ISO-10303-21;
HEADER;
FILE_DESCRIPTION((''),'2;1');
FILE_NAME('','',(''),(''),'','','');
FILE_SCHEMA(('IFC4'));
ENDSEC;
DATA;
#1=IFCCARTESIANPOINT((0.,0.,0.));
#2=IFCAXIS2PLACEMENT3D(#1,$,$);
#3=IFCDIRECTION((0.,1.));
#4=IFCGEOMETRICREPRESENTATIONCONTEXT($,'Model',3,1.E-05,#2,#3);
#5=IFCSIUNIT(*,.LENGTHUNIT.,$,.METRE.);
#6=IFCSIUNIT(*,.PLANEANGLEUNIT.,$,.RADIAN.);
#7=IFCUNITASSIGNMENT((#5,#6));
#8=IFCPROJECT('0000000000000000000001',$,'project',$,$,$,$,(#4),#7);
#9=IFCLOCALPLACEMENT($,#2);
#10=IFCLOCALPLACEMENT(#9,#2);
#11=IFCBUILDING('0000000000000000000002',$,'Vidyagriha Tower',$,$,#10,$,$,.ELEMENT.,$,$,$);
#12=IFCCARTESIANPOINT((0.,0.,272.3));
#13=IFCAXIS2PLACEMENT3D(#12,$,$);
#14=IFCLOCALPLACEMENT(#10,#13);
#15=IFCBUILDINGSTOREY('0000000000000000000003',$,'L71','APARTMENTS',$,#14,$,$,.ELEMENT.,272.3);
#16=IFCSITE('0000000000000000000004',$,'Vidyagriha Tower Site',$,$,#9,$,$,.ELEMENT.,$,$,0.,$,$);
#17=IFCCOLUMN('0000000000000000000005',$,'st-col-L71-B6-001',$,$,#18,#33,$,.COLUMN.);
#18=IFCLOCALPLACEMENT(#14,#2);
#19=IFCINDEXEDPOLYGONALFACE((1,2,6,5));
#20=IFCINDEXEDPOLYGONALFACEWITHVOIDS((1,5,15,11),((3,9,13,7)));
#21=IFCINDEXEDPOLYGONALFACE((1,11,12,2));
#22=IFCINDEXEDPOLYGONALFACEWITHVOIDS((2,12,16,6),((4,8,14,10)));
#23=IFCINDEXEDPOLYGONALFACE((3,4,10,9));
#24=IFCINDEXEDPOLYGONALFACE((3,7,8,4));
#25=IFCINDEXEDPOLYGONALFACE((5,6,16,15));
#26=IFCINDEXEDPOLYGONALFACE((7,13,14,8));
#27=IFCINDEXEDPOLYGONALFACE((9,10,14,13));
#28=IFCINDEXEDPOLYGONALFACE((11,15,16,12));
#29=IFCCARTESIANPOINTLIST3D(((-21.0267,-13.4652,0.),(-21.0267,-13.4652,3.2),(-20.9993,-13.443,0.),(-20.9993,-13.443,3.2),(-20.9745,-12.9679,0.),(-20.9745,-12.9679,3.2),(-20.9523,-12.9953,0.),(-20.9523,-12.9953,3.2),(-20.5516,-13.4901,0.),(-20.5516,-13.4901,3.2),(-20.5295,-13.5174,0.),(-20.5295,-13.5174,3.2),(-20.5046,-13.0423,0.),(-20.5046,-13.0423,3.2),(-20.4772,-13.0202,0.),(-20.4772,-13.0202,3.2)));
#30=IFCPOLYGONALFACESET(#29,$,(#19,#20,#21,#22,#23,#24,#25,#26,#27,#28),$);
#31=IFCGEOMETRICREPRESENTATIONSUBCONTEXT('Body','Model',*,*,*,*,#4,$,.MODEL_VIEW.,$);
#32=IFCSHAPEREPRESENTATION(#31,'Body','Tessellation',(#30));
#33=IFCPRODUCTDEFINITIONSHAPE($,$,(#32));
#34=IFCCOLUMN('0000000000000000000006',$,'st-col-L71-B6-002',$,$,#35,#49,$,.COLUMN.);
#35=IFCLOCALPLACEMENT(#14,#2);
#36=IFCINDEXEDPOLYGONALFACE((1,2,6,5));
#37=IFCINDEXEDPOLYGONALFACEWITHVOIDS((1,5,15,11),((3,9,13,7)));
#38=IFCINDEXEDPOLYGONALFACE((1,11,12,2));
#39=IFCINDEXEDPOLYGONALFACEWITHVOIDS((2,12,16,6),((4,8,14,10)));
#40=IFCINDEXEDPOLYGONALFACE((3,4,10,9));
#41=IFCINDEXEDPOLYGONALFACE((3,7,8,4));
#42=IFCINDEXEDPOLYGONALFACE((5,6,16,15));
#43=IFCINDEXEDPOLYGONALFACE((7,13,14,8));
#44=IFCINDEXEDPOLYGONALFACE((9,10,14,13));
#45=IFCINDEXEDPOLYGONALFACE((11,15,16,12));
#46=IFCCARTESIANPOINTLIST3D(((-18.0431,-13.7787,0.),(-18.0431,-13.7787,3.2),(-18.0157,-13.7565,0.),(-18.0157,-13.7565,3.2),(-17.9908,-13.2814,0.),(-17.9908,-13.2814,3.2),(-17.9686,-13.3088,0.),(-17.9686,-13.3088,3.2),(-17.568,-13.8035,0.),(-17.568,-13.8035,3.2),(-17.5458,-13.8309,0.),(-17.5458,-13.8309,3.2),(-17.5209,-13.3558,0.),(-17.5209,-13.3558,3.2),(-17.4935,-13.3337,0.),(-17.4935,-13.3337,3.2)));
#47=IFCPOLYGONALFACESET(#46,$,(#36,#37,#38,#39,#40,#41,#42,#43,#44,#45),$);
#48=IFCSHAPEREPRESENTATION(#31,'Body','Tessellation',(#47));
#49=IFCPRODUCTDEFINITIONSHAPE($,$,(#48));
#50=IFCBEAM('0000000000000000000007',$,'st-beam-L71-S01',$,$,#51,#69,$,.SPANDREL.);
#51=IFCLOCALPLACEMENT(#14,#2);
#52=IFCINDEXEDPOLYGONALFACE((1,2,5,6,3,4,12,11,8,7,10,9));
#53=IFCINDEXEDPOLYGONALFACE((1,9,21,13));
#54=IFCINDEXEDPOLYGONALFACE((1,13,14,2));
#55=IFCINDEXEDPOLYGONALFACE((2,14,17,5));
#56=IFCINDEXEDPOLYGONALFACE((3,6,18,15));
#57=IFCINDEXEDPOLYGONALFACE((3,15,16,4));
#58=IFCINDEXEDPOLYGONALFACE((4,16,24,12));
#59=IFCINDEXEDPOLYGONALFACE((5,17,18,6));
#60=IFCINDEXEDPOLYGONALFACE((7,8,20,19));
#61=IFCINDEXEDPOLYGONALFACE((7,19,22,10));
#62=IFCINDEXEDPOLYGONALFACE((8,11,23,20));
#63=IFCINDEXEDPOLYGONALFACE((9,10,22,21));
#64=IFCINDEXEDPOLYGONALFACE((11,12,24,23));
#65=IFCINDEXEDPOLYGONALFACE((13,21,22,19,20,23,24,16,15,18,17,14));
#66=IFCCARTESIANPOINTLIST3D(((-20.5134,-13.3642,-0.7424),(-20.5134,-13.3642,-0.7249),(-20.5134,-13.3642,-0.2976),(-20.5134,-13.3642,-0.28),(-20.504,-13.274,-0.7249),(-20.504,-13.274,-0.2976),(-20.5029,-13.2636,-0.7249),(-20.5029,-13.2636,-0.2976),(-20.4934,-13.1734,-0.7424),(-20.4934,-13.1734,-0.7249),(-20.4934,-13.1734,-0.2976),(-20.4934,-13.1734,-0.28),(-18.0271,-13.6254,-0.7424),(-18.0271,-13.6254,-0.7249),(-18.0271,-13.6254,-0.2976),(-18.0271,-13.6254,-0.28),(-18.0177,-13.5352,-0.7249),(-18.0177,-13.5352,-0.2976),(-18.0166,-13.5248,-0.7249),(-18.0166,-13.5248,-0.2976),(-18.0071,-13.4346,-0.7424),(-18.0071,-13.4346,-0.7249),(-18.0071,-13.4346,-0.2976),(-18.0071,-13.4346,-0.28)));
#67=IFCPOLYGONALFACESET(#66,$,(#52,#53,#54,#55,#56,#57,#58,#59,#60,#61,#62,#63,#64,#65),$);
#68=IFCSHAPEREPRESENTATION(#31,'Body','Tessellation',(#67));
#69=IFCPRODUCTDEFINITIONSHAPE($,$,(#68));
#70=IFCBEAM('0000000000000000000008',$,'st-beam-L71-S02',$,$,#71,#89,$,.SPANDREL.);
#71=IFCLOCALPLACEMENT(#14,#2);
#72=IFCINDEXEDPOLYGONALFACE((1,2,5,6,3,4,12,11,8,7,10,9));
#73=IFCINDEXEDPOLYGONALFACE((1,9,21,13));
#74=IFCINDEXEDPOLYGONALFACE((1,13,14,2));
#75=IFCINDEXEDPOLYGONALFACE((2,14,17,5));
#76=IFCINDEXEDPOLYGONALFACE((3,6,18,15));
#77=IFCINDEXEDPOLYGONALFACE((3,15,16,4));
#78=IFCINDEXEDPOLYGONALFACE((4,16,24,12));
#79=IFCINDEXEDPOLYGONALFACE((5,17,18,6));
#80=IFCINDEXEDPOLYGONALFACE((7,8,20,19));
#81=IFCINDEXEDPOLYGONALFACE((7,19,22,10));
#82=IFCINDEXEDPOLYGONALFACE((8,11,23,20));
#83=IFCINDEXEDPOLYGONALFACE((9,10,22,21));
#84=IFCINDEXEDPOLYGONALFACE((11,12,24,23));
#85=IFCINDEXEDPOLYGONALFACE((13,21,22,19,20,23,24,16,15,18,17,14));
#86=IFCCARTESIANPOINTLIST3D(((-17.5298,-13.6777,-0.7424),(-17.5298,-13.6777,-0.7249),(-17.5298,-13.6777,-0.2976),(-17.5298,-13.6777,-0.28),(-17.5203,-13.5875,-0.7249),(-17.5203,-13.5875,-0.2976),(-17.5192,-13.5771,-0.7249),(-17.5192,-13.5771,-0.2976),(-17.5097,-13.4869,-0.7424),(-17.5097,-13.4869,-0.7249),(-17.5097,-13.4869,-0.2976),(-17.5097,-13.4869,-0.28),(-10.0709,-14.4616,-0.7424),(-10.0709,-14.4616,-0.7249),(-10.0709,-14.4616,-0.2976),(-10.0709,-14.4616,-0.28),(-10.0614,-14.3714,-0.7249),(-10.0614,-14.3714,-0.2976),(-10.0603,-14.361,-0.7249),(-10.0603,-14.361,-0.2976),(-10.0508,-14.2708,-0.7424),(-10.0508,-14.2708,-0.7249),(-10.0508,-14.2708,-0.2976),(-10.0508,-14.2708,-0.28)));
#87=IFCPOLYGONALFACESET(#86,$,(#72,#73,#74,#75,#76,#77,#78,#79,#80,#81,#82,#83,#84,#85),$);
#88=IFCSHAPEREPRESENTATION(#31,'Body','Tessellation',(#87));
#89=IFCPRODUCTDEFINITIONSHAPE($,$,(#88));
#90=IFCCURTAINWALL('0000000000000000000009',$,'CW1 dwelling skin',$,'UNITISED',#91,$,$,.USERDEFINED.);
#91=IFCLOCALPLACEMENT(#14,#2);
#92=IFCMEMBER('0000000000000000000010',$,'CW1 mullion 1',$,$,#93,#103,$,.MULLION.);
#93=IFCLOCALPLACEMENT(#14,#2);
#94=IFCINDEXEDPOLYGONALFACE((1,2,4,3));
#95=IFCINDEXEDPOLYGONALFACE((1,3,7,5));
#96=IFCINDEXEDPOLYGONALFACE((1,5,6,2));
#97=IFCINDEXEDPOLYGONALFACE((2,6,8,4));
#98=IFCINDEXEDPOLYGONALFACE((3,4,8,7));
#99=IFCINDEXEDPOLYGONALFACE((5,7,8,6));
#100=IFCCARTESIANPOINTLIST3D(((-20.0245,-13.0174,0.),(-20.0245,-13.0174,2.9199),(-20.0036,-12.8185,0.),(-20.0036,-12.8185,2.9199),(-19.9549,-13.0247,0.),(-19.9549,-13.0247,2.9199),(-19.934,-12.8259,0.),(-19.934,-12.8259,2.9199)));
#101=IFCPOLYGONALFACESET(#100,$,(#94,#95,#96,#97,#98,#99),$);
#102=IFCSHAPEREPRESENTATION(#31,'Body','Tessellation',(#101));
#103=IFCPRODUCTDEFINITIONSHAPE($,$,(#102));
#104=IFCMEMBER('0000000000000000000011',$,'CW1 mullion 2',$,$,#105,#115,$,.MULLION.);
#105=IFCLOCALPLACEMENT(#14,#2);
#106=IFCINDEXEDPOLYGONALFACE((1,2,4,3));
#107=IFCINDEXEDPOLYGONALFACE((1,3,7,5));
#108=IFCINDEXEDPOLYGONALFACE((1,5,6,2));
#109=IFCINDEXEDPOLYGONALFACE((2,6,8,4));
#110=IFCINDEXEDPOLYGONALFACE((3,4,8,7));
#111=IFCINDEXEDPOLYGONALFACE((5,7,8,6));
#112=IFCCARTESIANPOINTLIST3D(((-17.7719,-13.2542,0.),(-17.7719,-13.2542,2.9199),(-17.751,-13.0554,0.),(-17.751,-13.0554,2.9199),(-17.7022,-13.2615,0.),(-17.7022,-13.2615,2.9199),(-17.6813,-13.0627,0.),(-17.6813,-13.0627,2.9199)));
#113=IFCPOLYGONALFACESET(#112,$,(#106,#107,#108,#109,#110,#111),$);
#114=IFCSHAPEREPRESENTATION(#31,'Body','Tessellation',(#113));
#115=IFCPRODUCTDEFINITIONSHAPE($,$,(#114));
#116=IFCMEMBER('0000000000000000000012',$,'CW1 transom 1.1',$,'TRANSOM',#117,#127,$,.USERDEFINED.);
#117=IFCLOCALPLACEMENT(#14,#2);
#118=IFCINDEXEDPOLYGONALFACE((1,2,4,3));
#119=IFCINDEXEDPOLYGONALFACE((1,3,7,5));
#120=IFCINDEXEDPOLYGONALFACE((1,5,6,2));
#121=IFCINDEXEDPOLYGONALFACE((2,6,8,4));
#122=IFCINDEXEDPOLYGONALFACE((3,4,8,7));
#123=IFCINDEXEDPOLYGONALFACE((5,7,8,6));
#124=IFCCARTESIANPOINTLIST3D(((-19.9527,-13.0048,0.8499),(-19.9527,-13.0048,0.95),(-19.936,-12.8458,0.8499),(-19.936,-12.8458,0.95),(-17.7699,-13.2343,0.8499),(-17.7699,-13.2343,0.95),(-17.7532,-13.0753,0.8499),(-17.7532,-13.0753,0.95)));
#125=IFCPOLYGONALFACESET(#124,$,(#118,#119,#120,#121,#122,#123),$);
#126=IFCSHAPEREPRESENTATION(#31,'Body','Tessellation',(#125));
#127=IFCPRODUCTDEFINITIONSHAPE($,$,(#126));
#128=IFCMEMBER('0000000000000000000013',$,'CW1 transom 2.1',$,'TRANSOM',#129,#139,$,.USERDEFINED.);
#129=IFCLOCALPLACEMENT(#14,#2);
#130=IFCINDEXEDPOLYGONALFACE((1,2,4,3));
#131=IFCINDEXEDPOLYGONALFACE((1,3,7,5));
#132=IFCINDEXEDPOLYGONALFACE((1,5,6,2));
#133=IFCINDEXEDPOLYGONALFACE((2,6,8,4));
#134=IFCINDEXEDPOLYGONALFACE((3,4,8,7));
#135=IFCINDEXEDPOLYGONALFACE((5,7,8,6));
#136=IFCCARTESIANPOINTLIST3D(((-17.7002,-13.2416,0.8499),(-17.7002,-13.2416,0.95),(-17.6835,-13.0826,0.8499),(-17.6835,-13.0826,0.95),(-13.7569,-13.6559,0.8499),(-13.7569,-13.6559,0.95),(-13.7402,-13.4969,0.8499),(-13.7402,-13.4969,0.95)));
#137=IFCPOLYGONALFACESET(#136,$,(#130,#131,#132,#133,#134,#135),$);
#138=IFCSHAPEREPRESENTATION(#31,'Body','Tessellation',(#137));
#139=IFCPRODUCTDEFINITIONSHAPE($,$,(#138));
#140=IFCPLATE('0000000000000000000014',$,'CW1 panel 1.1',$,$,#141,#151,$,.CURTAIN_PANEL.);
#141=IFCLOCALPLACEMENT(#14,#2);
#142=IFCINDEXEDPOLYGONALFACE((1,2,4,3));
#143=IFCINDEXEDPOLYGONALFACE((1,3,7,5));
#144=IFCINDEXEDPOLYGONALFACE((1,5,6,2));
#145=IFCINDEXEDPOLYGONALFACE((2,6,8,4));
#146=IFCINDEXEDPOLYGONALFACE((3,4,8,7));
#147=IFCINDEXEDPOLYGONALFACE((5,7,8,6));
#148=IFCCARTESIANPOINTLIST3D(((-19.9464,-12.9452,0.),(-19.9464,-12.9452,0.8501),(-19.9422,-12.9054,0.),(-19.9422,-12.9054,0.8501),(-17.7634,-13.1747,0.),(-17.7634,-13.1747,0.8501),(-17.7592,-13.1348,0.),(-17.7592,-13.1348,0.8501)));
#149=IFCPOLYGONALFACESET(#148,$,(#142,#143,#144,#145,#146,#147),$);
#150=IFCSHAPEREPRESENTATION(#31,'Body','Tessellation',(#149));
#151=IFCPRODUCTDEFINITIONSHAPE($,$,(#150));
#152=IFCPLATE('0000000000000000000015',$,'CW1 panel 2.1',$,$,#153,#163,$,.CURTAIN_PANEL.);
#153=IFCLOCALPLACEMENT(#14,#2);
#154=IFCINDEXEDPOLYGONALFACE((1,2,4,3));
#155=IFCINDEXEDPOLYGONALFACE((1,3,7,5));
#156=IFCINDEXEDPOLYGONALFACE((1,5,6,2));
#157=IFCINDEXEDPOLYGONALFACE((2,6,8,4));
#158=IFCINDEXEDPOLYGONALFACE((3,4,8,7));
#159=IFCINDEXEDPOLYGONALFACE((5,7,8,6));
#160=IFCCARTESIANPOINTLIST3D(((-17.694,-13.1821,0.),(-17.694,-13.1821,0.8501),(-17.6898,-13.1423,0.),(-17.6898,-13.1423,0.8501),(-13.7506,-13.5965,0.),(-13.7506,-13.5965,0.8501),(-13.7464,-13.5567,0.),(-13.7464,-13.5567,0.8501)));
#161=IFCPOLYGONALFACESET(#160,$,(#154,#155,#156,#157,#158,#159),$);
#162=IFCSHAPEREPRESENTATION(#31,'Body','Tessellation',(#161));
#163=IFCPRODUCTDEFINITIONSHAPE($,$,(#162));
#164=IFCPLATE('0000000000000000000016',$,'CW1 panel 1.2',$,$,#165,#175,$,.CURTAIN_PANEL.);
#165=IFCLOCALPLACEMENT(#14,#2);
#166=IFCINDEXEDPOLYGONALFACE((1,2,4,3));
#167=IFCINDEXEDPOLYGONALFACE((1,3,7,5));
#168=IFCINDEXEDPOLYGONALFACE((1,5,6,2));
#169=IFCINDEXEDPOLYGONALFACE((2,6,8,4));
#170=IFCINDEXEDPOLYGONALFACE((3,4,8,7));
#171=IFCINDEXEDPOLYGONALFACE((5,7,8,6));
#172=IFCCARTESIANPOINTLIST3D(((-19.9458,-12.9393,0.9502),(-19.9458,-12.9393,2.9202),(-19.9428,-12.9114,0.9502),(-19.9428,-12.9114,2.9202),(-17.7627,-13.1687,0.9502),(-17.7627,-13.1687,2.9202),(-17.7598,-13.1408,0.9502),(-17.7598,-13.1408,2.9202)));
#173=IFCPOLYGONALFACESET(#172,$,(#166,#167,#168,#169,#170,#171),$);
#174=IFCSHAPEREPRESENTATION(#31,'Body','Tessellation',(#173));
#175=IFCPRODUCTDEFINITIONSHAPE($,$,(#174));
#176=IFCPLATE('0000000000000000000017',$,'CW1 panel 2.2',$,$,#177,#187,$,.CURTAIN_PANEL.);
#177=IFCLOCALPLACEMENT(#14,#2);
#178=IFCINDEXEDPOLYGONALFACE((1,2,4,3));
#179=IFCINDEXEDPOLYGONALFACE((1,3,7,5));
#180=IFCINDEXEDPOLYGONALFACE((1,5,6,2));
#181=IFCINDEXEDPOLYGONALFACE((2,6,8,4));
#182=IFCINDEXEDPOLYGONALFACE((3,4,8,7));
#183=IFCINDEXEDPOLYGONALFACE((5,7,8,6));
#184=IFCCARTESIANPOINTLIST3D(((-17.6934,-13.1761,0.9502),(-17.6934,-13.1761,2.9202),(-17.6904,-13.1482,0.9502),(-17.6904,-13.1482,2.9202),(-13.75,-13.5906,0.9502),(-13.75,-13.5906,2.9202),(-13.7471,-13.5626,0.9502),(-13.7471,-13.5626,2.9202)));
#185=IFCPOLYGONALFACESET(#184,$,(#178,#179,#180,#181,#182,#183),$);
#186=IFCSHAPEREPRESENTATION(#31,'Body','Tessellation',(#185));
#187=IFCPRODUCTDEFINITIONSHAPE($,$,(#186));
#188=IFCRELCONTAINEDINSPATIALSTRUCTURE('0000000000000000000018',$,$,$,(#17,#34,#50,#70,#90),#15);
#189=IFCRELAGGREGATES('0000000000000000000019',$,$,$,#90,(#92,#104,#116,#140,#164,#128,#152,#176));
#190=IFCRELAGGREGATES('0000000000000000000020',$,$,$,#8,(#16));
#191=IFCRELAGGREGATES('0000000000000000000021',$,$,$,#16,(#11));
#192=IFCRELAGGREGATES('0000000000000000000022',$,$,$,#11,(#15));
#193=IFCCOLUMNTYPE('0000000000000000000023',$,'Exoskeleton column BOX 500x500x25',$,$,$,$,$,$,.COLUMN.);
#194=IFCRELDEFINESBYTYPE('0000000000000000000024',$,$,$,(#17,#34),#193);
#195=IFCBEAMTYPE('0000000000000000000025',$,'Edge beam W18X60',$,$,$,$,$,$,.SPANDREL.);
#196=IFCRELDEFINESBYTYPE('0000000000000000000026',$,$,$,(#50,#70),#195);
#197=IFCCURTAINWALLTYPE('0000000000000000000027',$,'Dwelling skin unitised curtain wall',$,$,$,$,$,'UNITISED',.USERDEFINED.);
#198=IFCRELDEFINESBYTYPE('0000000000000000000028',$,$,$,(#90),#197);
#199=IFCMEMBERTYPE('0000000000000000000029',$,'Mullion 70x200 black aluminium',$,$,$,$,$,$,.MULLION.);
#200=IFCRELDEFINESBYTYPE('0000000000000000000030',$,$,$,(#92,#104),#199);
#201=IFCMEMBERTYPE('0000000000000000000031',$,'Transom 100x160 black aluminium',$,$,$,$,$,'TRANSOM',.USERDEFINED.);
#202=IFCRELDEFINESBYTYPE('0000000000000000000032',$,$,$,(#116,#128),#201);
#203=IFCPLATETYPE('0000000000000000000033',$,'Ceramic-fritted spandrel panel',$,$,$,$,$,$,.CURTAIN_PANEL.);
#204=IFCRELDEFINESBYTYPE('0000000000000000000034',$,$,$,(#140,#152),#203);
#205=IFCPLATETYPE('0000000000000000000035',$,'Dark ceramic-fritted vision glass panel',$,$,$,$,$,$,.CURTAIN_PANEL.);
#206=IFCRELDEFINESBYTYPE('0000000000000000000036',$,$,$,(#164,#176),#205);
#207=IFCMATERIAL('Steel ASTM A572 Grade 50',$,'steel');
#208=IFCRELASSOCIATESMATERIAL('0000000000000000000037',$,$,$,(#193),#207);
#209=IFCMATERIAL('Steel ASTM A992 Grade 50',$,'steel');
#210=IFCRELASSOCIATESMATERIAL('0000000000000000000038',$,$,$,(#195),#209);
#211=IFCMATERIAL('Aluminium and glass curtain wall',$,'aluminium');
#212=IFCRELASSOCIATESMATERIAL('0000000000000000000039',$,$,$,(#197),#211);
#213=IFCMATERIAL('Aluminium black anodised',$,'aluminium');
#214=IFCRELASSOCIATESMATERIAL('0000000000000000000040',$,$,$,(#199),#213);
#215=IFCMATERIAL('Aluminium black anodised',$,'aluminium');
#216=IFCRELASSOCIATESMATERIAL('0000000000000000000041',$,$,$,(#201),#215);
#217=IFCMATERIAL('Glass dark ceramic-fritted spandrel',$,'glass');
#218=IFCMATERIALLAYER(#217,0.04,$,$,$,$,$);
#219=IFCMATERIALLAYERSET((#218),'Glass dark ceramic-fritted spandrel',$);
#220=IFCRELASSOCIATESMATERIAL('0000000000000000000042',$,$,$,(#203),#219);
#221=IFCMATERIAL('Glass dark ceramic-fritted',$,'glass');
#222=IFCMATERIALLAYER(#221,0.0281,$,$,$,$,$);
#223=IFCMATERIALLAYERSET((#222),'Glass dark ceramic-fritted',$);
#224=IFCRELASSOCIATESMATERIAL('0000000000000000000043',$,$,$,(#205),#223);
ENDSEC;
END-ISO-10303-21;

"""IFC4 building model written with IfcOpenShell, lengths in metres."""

from ifc_helpers import new_model, si_unit, direction, frame, origin, origin_2d, place, context, subcontext, project, spatial, rectangle, hollow_rectangle, i_section, extrude, material, layer, layer_set, material_profile, profile_set, type_object, element, aggregate, save


model = new_model("IFC4")

# Units and contexts
model_context = context("Model", 3, precision=1e-05, world=origin(), true_north=direction((0.0, 1.0)))
body_context = subcontext(model_context, "Body", "Model", "MODEL_VIEW")
ifc_project = project(units=[si_unit("LENGTHUNIT", "METRE"), si_unit("PLANEANGLEUNIT", "RADIAN")], contexts=[model_context])

# Site, building, storey
site_placement = place(None, origin())
site = spatial("IfcSite", under=ifc_project, at=site_placement, Name="Vidyagriha Tower Site", CompositionType="ELEMENT", RefElevation=0.0)
building_placement = place(site_placement, origin())
building = spatial("IfcBuilding", under=site, at=building_placement, Name="Vidyagriha Tower", CompositionType="ELEMENT")
storey_placement = place(building_placement, frame((0.0, 0.0, 272.3)))
storey = spatial("IfcBuildingStorey", under=building, at=storey_placement, Name="L71", Description="APARTMENTS", CompositionType="ELEMENT", Elevation=272.3)

# Columns
ifc_material_1 = material(Name="Steel ASTM A572 Grade 50", Category="steel")
ifc_material_profile_1 = material_profile(ifc_material_1, hollow_rectangle(XDim=0.5, YDim=0.5, WallThickness=0.0249, at=origin_2d()), Name="BOX 500x500x25")
ifc_profile_set_1 = profile_set([ifc_material_profile_1], Name="Steel ASTM A572 Grade 50")
column_type = type_object("IfcColumnType", Name="Exoskeleton column BOX 500x500x25", PredefinedType="COLUMN", material=ifc_profile_set_1)
for number, where, z_axis, x_axis, name in (
    (1, (-20.752, -13.2427, 0.0), (0.0, 0.0, 1.0), (0.994522, -0.104528, 0.0), "st-col-L71-B6-001"),
    (2, (-17.7683, -13.5562, 0.0), (0.0, 0.0, 1.0), (0.994522, -0.104528, 0.0), "st-col-L71-B6-002"),
):
    element("IfcColumn", number, at=place(storey_placement, frame(where, z_axis=z_axis, x_axis=x_axis)), inside=storey, type_object=column_type, Name=name, PredefinedType="COLUMN", context=body_context, shape_type="SweptSolid", body=[
        extrude(hollow_rectangle(XDim=0.5, YDim=0.5, WallThickness=0.0249, at=origin_2d()), origin(), (0.0, 0.0, 1.0), 3.2),
    ])

# Beams
ifc_material_2 = material(Name="Steel ASTM A992 Grade 50", Category="steel")
ifc_material_profile_2 = material_profile(ifc_material_2, i_section(OverallWidth=0.1919, OverallDepth=0.4624, WebThickness=0.0105, FlangeThickness=0.0176, at=origin_2d()), Name="W18X60")
ifc_profile_set_2 = profile_set([ifc_material_profile_2], Name="Steel ASTM A992 Grade 50")
beam_type = type_object("IfcBeamType", Name="Edge beam W18X60", PredefinedType="SPANDREL", material=ifc_profile_set_2)
beam_1_placement = place(storey_placement, frame((-20.5034, -13.2688, -0.5112), z_axis=(0.994526, -0.104492, 0.0), x_axis=(0.104492, 0.994526, 0.0)))
element("IfcBeam", 3, at=beam_1_placement, inside=storey, type_object=beam_type, Name="st-beam-L71-S01", PredefinedType="SPANDREL", context=body_context, shape_type="SweptSolid", body=[
    extrude(i_section(OverallWidth=0.1919, OverallDepth=0.4624, WebThickness=0.0105, FlangeThickness=0.0176, at=origin_2d()), origin(), (0.0, 0.0, 1.0), 2.5),
])
beam_2_placement = place(storey_placement, frame((-17.5198, -13.5823, -0.5112), z_axis=(0.994522, -0.104524, 0.0), x_axis=(0.104524, 0.994522, 0.0)))
element("IfcBeam", 4, at=beam_2_placement, inside=storey, type_object=beam_type, Name="st-beam-L71-S02", PredefinedType="SPANDREL", context=body_context, shape_type="SweptSolid", body=[
    extrude(i_section(OverallWidth=0.1919, OverallDepth=0.4624, WebThickness=0.0105, FlangeThickness=0.0176, at=origin_2d()), origin(), (0.0, 0.0, 1.0), 7.5),
])

# Curtain wall, members, plates
ifc_material_3 = material(Name="Aluminium and glass curtain wall", Category="aluminium")
curtain_wall_type = type_object("IfcCurtainWallType", Name="Dwelling skin unitised curtain wall", ElementType="UNITISED", PredefinedType="USERDEFINED", material=ifc_material_3)
curtain_wall_placement = place(storey_placement, origin())
curtain_wall = element("IfcCurtainWall", 5, at=curtain_wall_placement, inside=storey, type_object=curtain_wall_type, Name="CW1 dwelling skin", ObjectType="UNITISED", PredefinedType="USERDEFINED")
ifc_material_4 = material(Name="Aluminium black anodised", Category="aluminium")
ifc_material_profile_3 = material_profile(ifc_material_4, rectangle(XDim=0.2, YDim=0.0701, at=origin_2d()), Name="Mullion 70x200 black aluminium")
ifc_profile_set_3 = profile_set([ifc_material_profile_3], Name="Aluminium black anodised")
member_type_1 = type_object("IfcMemberType", Name="Mullion 70x200 black aluminium", PredefinedType="MULLION", material=ifc_profile_set_3)
member_1_placement = place(storey_placement, frame((-19.9792, -12.9216, 0.0), z_axis=(0.0, 0.0, 1.0), x_axis=(0.104524, 0.994522, 0.0)))
member_1 = element("IfcMember", 6, at=member_1_placement, type_object=member_type_1, Name="CW1 mullion 1", PredefinedType="MULLION", context=body_context, shape_type="SweptSolid", body=[
    extrude(rectangle(XDim=0.2, YDim=0.0701, at=origin_2d()), origin(), (0.0, 0.0, 1.0), 2.9199),
])
member_2_placement = place(storey_placement, frame((-17.7266, -13.1584, 0.0), z_axis=(0.0, 0.0, 1.0), x_axis=(0.104524, 0.994522, 0.0)))
member_2 = element("IfcMember", 7, at=member_2_placement, type_object=member_type_1, Name="CW1 mullion 2", PredefinedType="MULLION", context=body_context, shape_type="SweptSolid", body=[
    extrude(rectangle(XDim=0.2, YDim=0.0701, at=origin_2d()), origin(), (0.0, 0.0, 1.0), 2.9199),
])
ifc_material_5 = material(Name="Aluminium black anodised", Category="aluminium")
ifc_material_profile_4 = material_profile(ifc_material_5, rectangle(XDim=0.1599, YDim=0.1001, at=origin_2d()), Name="Transom 100x160 black aluminium")
ifc_profile_set_4 = profile_set([ifc_material_profile_4], Name="Aluminium black anodised")
member_type_2 = type_object("IfcMemberType", Name="Transom 100x160 black aluminium", ElementType="TRANSOM", PredefinedType="USERDEFINED", material=ifc_profile_set_4)
member_3_placement = place(storey_placement, frame((-19.9443, -12.9253, 0.8999), z_axis=(0.994519, -0.104557, 0.0), x_axis=(0.104557, 0.994519, 0.0)))
member_3 = element("IfcMember", 8, at=member_3_placement, type_object=member_type_2, Name="CW1 transom 1.1", ObjectType="TRANSOM", PredefinedType="USERDEFINED", context=body_context, shape_type="SweptSolid", body=[
    extrude(rectangle(XDim=0.1599, YDim=0.1001, at=origin_2d()), origin(), (0.0, 0.0, 1.0), 2.1948),
])
member_4_placement = place(storey_placement, frame((-17.6919, -13.1621, 0.8999), z_axis=(0.994526, -0.104489, 0.0), x_axis=(0.104489, 0.994526, 0.0)))
member_4 = element("IfcMember", 9, at=member_4_placement, type_object=member_type_2, Name="CW1 transom 2.1", ObjectType="TRANSOM", PredefinedType="USERDEFINED", context=body_context, shape_type="SweptSolid", body=[
    extrude(rectangle(XDim=0.1599, YDim=0.1001, at=origin_2d()), origin(), (0.0, 0.0, 1.0), 3.9651),
])
ifc_material_6 = material(Name="Glass dark ceramic-fritted spandrel", Category="glass")
ifc_layer_1 = layer(ifc_material_6, 0.04)
ifc_layer_set_1 = layer_set([ifc_layer_1], Name="Glass dark ceramic-fritted spandrel")
plate_type_1 = type_object("IfcPlateType", Name="Ceramic-fritted spandrel panel", PredefinedType="CURTAIN_PANEL", material=ifc_layer_set_1)
plate_1_placement = place(storey_placement, frame((-18.8528, -13.04, 0.0), z_axis=(0.0, 0.0, 1.0), x_axis=(0.994522, -0.104524, 0.0)))
plate_1 = element("IfcPlate", 10, at=plate_1_placement, type_object=plate_type_1, Name="CW1 panel 1.1", PredefinedType="CURTAIN_PANEL", context=body_context, shape_type="SweptSolid", body=[
    extrude(rectangle(XDim=2.1951, YDim=0.04, at=origin_2d()), origin(), (0.0, 0.0, 1.0), 0.8501),
])
plate_2_placement = place(storey_placement, frame((-15.7202, -13.3694, 0.0), z_axis=(0.0, 0.0, 1.0), x_axis=(0.994522, -0.104524, 0.0)))
plate_2 = element("IfcPlate", 11, at=plate_2_placement, type_object=plate_type_1, Name="CW1 panel 2.1", PredefinedType="CURTAIN_PANEL", context=body_context, shape_type="SweptSolid", body=[
    extrude(rectangle(XDim=3.9651, YDim=0.04, at=origin_2d()), origin(), (0.0, 0.0, 1.0), 0.8501),
])
ifc_material_7 = material(Name="Glass dark ceramic-fritted", Category="glass")
ifc_layer_2 = layer(ifc_material_7, 0.0281)
ifc_layer_set_2 = layer_set([ifc_layer_2], Name="Glass dark ceramic-fritted")
plate_type_2 = type_object("IfcPlateType", Name="Dark ceramic-fritted vision glass panel", PredefinedType="CURTAIN_PANEL", material=ifc_layer_set_2)
plate_3_placement = place(storey_placement, frame((-18.8528, -13.04, 0.9502), z_axis=(0.0, 0.0, 1.0), x_axis=(0.994522, -0.104524, 0.0)))
plate_3 = element("IfcPlate", 12, at=plate_3_placement, type_object=plate_type_2, Name="CW1 panel 1.2", PredefinedType="CURTAIN_PANEL", context=body_context, shape_type="SweptSolid", body=[
    extrude(rectangle(XDim=2.1951, YDim=0.0281, at=origin_2d()), origin(), (0.0, 0.0, 1.0), 1.97),
])
plate_4_placement = place(storey_placement, frame((-15.7202, -13.3694, 0.9502), z_axis=(0.0, 0.0, 1.0), x_axis=(0.994522, -0.104524, 0.0)))
plate_4 = element("IfcPlate", 13, at=plate_4_placement, type_object=plate_type_2, Name="CW1 panel 2.2", PredefinedType="CURTAIN_PANEL", context=body_context, shape_type="SweptSolid", body=[
    extrude(rectangle(XDim=3.9651, YDim=0.0281, at=origin_2d()), origin(), (0.0, 0.0, 1.0), 1.97),
])
aggregate(curtain_wall, [member_1, member_2, member_3, plate_1, plate_3, member_4, plate_2, plate_4])

save(model, "model.ifc")
